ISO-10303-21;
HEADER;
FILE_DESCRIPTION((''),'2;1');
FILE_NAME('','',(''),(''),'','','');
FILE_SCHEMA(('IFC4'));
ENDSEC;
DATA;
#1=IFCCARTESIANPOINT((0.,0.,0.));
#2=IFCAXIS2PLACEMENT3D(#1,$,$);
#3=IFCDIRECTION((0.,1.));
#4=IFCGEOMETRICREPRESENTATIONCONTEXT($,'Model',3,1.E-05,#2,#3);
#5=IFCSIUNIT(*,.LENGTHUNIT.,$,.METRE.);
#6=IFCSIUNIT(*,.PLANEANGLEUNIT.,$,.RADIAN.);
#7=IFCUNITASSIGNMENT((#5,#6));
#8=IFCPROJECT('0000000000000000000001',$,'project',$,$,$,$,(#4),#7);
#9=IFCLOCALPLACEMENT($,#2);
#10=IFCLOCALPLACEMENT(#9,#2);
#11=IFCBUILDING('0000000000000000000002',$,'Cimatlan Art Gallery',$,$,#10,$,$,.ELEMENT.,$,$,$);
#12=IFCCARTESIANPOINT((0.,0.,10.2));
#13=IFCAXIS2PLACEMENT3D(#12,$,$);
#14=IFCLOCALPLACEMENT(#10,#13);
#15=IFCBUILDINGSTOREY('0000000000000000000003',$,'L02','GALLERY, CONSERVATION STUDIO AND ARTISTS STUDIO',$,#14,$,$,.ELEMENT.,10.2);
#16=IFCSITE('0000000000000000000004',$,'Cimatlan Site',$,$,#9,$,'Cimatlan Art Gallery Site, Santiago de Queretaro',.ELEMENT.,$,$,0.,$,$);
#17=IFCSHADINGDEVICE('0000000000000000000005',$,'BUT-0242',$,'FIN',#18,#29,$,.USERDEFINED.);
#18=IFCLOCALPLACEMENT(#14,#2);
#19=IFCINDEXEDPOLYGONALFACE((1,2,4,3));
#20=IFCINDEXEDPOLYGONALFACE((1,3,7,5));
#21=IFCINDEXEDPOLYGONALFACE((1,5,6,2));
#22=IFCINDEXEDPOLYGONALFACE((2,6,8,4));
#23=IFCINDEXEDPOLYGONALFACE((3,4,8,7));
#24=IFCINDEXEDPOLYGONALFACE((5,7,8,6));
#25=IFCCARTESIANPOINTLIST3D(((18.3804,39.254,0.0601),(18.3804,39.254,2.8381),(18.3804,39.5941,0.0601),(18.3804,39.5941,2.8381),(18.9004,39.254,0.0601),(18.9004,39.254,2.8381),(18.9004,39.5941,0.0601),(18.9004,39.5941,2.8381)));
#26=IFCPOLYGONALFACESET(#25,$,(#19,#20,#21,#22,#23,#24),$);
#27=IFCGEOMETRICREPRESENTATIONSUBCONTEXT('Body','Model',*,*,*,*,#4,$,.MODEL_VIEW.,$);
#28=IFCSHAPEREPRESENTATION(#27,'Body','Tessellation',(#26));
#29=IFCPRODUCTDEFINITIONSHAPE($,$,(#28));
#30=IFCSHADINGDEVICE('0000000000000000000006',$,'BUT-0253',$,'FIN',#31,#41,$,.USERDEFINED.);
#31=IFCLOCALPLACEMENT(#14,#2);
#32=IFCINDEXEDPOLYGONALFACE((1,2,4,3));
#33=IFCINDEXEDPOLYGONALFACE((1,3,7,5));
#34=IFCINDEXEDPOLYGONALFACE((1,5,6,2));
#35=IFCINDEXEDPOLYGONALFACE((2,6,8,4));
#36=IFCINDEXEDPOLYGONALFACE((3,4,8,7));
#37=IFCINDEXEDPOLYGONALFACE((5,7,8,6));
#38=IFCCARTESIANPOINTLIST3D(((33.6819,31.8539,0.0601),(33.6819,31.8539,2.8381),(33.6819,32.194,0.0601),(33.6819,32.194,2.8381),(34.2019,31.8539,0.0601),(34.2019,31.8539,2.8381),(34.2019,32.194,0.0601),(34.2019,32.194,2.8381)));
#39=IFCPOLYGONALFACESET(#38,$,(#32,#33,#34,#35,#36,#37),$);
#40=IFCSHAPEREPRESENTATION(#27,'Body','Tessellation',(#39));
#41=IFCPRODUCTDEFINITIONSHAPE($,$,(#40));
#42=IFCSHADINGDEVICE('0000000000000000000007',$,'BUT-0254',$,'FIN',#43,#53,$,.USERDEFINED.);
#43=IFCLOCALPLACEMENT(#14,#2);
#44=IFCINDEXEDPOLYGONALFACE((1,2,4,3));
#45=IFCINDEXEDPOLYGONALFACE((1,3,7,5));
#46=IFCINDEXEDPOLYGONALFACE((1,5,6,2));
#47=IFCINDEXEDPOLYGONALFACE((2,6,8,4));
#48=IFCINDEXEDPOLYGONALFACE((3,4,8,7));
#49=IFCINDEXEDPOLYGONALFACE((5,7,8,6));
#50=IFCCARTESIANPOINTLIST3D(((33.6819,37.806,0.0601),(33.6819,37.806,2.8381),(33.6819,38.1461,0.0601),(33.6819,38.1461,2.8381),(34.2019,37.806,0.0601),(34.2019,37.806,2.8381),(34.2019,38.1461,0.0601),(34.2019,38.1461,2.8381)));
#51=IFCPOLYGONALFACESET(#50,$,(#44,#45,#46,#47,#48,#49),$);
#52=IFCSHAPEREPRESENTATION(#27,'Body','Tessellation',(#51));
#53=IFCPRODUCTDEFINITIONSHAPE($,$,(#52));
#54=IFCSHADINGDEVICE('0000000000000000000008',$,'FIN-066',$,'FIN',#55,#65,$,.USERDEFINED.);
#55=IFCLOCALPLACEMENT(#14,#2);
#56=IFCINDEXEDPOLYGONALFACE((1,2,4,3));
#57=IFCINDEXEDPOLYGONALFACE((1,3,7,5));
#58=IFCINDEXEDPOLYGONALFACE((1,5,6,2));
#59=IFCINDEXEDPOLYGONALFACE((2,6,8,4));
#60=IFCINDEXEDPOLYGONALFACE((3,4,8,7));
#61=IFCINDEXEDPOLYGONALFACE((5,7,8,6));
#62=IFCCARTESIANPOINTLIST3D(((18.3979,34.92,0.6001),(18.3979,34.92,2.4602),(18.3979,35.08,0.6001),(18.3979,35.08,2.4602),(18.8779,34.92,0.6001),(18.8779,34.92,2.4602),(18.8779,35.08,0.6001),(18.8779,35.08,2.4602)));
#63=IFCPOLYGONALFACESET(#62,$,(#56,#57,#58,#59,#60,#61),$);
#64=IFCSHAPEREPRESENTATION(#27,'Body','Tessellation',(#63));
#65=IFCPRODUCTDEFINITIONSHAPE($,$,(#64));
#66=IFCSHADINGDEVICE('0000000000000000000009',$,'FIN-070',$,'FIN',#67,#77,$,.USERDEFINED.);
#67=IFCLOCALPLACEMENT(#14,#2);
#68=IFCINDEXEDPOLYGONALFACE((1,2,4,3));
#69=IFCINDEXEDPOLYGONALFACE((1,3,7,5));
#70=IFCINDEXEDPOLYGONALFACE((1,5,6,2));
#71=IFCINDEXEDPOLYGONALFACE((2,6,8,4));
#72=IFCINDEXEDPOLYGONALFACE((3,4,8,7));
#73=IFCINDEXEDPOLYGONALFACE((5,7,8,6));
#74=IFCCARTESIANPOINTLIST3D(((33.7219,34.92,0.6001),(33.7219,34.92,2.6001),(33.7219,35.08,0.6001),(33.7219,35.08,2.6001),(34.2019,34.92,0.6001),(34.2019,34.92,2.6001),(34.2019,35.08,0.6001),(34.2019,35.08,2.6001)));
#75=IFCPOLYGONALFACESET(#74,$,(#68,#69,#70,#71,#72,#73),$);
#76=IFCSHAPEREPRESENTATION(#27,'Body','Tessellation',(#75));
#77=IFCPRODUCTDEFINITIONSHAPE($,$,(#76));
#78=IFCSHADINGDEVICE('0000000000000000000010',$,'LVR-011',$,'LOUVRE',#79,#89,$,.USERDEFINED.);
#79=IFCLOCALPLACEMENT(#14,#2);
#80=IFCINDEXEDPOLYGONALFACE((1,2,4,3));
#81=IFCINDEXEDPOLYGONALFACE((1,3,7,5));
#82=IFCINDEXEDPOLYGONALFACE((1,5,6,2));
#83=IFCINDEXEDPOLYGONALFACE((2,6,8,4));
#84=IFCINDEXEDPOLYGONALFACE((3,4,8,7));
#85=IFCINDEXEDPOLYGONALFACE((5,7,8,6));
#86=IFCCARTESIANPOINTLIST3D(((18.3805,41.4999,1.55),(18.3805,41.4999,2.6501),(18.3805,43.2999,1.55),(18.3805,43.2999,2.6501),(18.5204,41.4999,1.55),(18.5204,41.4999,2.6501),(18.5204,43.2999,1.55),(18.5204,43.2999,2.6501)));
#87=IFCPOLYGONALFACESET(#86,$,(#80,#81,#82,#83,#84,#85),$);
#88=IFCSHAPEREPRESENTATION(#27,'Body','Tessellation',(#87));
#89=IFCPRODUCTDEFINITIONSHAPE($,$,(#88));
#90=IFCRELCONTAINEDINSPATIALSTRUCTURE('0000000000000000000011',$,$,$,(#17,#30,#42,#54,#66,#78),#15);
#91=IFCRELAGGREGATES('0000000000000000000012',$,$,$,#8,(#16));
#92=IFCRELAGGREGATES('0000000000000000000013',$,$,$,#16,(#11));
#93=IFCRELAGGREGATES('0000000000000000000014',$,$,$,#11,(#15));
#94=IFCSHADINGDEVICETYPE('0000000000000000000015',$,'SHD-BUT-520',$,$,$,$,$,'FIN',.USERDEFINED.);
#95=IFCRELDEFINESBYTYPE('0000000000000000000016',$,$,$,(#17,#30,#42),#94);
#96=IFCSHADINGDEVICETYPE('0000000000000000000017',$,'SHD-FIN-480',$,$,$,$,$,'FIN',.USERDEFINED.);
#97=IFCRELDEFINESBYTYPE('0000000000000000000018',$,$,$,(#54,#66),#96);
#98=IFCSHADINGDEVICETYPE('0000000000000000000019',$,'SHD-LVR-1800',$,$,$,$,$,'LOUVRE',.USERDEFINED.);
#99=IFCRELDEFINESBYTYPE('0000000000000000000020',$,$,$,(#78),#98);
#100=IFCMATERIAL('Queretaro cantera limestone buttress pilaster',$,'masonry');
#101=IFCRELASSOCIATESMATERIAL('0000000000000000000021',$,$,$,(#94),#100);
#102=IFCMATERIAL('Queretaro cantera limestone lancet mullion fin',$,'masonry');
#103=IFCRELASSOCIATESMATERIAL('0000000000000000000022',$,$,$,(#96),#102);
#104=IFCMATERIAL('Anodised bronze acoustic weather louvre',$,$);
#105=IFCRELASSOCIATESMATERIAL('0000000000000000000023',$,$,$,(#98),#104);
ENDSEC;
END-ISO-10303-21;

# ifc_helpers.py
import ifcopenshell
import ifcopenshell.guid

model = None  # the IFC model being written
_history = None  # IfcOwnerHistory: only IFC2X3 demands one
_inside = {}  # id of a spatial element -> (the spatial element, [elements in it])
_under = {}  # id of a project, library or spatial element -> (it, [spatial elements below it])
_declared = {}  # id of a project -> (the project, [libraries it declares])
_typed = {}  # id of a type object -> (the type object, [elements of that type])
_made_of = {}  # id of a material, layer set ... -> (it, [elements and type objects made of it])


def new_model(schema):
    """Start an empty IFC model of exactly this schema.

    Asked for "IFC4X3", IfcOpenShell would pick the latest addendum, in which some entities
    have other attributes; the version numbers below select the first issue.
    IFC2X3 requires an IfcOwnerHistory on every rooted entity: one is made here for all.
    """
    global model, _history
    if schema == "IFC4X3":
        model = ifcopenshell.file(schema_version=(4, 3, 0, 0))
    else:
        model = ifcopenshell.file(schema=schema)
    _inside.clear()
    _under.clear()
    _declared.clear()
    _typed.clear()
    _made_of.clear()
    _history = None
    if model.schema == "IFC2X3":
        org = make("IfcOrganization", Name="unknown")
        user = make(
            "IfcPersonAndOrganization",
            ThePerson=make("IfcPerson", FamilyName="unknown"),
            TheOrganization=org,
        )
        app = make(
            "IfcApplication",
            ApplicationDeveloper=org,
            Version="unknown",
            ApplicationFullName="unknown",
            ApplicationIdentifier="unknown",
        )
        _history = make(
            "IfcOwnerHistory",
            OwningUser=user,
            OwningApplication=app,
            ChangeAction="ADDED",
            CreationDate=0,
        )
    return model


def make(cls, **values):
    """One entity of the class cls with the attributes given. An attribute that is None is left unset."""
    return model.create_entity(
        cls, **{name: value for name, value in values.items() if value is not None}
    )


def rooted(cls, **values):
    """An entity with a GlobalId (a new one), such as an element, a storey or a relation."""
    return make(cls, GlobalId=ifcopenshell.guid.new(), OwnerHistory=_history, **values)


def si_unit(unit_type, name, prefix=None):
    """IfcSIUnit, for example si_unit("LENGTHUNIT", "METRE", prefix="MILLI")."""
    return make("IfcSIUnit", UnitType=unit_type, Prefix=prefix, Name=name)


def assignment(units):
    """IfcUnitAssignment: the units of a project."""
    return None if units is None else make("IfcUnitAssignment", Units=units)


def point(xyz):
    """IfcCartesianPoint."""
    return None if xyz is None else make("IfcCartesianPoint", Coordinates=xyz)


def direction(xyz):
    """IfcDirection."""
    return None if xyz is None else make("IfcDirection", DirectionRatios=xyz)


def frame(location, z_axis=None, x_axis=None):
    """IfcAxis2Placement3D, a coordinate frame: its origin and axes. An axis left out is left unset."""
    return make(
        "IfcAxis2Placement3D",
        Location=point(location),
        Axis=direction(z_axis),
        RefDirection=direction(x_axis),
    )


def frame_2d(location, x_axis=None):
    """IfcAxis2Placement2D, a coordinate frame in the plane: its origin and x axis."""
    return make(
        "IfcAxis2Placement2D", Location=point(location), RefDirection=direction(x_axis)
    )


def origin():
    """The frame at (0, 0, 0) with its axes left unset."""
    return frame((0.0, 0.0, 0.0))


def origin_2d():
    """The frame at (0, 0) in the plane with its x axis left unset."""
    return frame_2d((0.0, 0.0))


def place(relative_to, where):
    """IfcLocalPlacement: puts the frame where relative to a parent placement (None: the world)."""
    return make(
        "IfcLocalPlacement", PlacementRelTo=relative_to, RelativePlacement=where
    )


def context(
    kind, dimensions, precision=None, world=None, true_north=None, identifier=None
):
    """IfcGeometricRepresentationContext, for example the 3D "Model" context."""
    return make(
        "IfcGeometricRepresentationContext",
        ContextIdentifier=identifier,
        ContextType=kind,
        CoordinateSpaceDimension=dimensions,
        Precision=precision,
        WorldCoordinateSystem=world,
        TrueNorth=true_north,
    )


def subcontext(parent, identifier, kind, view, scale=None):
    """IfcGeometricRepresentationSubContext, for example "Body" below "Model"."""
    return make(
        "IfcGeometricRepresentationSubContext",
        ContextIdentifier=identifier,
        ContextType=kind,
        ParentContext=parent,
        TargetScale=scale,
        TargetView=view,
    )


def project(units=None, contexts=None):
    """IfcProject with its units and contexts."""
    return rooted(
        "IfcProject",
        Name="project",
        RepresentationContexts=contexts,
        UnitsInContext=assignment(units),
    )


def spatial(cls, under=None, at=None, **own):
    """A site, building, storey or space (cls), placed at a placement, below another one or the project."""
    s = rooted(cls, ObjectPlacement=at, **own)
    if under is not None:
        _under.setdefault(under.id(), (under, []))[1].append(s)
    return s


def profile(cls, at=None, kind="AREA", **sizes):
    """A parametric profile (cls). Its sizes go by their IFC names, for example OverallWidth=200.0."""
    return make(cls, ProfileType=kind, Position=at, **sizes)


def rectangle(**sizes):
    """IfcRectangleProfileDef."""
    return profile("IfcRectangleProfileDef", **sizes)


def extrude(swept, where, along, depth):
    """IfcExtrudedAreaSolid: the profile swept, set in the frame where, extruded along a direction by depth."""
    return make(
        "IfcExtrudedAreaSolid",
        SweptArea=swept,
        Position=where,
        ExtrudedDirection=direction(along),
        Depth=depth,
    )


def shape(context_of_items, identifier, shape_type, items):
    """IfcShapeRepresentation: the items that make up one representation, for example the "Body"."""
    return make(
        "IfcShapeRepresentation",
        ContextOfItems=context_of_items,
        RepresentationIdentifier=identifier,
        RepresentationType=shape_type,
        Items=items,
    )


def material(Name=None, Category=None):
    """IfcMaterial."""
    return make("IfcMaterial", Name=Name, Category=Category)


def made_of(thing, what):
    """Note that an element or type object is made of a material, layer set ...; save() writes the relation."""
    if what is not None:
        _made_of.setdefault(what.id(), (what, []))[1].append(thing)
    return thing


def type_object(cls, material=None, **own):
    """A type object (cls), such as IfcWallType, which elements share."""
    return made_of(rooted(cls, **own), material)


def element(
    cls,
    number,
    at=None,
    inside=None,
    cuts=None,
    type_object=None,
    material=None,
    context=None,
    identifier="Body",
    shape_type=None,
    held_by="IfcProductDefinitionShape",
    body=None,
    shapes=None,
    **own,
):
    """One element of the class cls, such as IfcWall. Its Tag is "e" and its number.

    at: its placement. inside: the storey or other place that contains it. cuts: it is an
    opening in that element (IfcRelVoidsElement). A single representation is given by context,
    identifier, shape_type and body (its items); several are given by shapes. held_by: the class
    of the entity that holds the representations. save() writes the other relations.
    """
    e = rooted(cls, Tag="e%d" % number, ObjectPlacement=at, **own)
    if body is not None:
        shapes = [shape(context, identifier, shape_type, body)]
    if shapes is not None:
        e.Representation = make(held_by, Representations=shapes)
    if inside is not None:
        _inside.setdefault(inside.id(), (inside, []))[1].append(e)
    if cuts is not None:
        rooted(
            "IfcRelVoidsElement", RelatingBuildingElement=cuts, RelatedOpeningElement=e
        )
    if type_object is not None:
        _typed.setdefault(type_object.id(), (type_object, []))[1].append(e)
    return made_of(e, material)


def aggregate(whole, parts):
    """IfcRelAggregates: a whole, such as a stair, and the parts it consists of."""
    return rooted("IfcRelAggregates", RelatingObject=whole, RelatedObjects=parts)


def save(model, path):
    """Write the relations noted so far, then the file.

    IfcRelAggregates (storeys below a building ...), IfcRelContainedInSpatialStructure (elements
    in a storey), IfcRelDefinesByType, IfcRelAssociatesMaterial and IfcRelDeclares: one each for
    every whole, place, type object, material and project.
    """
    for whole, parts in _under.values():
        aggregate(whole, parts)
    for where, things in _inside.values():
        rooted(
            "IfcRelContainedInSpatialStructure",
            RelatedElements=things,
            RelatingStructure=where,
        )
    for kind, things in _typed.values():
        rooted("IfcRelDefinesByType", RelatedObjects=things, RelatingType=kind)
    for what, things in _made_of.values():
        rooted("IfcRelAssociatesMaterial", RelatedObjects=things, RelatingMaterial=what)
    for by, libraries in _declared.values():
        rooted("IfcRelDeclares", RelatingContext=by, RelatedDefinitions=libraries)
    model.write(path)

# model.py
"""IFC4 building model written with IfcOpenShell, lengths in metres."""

from ifc_helpers import new_model, si_unit, direction, frame, origin, origin_2d, place, context, subcontext, project, spatial, rectangle, extrude, material, type_object, element, save


model = new_model("IFC4")

# Units and contexts
model_context = context("Model", 3, precision=1e-05, world=origin(), true_north=direction((0.0, 1.0)))
body_context = subcontext(model_context, "Body", "Model", "MODEL_VIEW")
ifc_project = project(units=[si_unit("LENGTHUNIT", "METRE"), si_unit("PLANEANGLEUNIT", "RADIAN")], contexts=[model_context])

# Site, building, storey
site_placement = place(None, origin())
site = spatial("IfcSite", under=ifc_project, at=site_placement, Name="Cimatlan Site", LongName="Cimatlan Art Gallery Site, Santiago de Queretaro", CompositionType="ELEMENT", RefElevation=0.0)
building_placement = place(site_placement, origin())
building = spatial("IfcBuilding", under=site, at=building_placement, Name="Cimatlan Art Gallery", CompositionType="ELEMENT")
storey_placement = place(building_placement, frame((0.0, 0.0, 10.2)))
storey = spatial("IfcBuildingStorey", under=building, at=storey_placement, Name="L02", Description="GALLERY, CONSERVATION STUDIO AND ARTISTS STUDIO", CompositionType="ELEMENT", Elevation=10.2)

# Shading devices
ifc_material_1 = material(Name="Queretaro cantera limestone buttress pilaster", Category="masonry")
shading_device_type_1 = type_object("IfcShadingDeviceType", Name="SHD-BUT-520", ElementType="FIN", PredefinedType="USERDEFINED", material=ifc_material_1)
for number, where, z_axis, x_axis, name in (
    (1, (18.6404, 39.4241, 0.0601), (0.0, 0.0, 1.0), (0.0, -1.0, 0.0), "BUT-0242"),
    (2, (33.9419, 32.0239, 0.0601), (0.0, 0.0, 1.0), (0.0, 1.0, 0.0), "BUT-0253"),
    (3, (33.9419, 37.9761, 0.0601), (0.0, 0.0, 1.0), (0.0, 1.0, 0.0), "BUT-0254"),
):
    element("IfcShadingDevice", number, at=place(storey_placement, frame(where, z_axis=z_axis, x_axis=x_axis)), inside=storey, type_object=shading_device_type_1, Name=name, ObjectType="FIN", PredefinedType="USERDEFINED", context=body_context, shape_type="SweptSolid", body=[
        extrude(rectangle(XDim=0.3401, YDim=0.52, at=origin_2d()), origin(), (0.0, 0.0, 1.0), 2.7781),
    ])
ifc_material_2 = material(Name="Queretaro cantera limestone lancet mullion fin", Category="masonry")
shading_device_type_2 = type_object("IfcShadingDeviceType", Name="SHD-FIN-480", ElementType="FIN", PredefinedType="USERDEFINED", material=ifc_material_2)
shading_device_1_placement = place(storey_placement, frame((18.6379, 35.0, 0.6001), z_axis=(0.0, 0.0, 1.0), x_axis=(0.0, -1.0, 0.0)))
element("IfcShadingDevice", 4, at=shading_device_1_placement, inside=storey, type_object=shading_device_type_2, Name="FIN-066", ObjectType="FIN", PredefinedType="USERDEFINED", context=body_context, shape_type="SweptSolid", body=[
    extrude(rectangle(XDim=0.1599, YDim=0.48, at=origin_2d()), origin(), (0.0, 0.0, 1.0), 1.8601),
])
shading_device_2_placement = place(storey_placement, frame((33.9619, 35.0, 0.6001), z_axis=(0.0, 0.0, 1.0), x_axis=(0.0, 1.0, 0.0)))
element("IfcShadingDevice", 5, at=shading_device_2_placement, inside=storey, type_object=shading_device_type_2, Name="FIN-070", ObjectType="FIN", PredefinedType="USERDEFINED", context=body_context, shape_type="SweptSolid", body=[
    extrude(rectangle(XDim=0.1599, YDim=0.48, at=origin_2d()), origin(), (0.0, 0.0, 1.0), 2.0),
])
ifc_material_3 = material(Name="Anodised bronze acoustic weather louvre")
shading_device_type_3 = type_object("IfcShadingDeviceType", Name="SHD-LVR-1800", ElementType="LOUVRE", PredefinedType="USERDEFINED", material=ifc_material_3)
shading_device_3_placement = place(storey_placement, frame((18.4504, 42.3999, 1.55), z_axis=(0.0, 0.0, 1.0), x_axis=(0.0, -1.0, 0.0)))
element("IfcShadingDevice", 6, at=shading_device_3_placement, inside=storey, type_object=shading_device_type_3, Name="LVR-011", ObjectType="LOUVRE", PredefinedType="USERDEFINED", context=body_context, shape_type="SweptSolid", body=[
    extrude(rectangle(XDim=1.8, YDim=0.1399, at=origin_2d()), origin(), (0.0, 0.0, 1.0), 1.1001),
])

save(model, "model.ifc")
